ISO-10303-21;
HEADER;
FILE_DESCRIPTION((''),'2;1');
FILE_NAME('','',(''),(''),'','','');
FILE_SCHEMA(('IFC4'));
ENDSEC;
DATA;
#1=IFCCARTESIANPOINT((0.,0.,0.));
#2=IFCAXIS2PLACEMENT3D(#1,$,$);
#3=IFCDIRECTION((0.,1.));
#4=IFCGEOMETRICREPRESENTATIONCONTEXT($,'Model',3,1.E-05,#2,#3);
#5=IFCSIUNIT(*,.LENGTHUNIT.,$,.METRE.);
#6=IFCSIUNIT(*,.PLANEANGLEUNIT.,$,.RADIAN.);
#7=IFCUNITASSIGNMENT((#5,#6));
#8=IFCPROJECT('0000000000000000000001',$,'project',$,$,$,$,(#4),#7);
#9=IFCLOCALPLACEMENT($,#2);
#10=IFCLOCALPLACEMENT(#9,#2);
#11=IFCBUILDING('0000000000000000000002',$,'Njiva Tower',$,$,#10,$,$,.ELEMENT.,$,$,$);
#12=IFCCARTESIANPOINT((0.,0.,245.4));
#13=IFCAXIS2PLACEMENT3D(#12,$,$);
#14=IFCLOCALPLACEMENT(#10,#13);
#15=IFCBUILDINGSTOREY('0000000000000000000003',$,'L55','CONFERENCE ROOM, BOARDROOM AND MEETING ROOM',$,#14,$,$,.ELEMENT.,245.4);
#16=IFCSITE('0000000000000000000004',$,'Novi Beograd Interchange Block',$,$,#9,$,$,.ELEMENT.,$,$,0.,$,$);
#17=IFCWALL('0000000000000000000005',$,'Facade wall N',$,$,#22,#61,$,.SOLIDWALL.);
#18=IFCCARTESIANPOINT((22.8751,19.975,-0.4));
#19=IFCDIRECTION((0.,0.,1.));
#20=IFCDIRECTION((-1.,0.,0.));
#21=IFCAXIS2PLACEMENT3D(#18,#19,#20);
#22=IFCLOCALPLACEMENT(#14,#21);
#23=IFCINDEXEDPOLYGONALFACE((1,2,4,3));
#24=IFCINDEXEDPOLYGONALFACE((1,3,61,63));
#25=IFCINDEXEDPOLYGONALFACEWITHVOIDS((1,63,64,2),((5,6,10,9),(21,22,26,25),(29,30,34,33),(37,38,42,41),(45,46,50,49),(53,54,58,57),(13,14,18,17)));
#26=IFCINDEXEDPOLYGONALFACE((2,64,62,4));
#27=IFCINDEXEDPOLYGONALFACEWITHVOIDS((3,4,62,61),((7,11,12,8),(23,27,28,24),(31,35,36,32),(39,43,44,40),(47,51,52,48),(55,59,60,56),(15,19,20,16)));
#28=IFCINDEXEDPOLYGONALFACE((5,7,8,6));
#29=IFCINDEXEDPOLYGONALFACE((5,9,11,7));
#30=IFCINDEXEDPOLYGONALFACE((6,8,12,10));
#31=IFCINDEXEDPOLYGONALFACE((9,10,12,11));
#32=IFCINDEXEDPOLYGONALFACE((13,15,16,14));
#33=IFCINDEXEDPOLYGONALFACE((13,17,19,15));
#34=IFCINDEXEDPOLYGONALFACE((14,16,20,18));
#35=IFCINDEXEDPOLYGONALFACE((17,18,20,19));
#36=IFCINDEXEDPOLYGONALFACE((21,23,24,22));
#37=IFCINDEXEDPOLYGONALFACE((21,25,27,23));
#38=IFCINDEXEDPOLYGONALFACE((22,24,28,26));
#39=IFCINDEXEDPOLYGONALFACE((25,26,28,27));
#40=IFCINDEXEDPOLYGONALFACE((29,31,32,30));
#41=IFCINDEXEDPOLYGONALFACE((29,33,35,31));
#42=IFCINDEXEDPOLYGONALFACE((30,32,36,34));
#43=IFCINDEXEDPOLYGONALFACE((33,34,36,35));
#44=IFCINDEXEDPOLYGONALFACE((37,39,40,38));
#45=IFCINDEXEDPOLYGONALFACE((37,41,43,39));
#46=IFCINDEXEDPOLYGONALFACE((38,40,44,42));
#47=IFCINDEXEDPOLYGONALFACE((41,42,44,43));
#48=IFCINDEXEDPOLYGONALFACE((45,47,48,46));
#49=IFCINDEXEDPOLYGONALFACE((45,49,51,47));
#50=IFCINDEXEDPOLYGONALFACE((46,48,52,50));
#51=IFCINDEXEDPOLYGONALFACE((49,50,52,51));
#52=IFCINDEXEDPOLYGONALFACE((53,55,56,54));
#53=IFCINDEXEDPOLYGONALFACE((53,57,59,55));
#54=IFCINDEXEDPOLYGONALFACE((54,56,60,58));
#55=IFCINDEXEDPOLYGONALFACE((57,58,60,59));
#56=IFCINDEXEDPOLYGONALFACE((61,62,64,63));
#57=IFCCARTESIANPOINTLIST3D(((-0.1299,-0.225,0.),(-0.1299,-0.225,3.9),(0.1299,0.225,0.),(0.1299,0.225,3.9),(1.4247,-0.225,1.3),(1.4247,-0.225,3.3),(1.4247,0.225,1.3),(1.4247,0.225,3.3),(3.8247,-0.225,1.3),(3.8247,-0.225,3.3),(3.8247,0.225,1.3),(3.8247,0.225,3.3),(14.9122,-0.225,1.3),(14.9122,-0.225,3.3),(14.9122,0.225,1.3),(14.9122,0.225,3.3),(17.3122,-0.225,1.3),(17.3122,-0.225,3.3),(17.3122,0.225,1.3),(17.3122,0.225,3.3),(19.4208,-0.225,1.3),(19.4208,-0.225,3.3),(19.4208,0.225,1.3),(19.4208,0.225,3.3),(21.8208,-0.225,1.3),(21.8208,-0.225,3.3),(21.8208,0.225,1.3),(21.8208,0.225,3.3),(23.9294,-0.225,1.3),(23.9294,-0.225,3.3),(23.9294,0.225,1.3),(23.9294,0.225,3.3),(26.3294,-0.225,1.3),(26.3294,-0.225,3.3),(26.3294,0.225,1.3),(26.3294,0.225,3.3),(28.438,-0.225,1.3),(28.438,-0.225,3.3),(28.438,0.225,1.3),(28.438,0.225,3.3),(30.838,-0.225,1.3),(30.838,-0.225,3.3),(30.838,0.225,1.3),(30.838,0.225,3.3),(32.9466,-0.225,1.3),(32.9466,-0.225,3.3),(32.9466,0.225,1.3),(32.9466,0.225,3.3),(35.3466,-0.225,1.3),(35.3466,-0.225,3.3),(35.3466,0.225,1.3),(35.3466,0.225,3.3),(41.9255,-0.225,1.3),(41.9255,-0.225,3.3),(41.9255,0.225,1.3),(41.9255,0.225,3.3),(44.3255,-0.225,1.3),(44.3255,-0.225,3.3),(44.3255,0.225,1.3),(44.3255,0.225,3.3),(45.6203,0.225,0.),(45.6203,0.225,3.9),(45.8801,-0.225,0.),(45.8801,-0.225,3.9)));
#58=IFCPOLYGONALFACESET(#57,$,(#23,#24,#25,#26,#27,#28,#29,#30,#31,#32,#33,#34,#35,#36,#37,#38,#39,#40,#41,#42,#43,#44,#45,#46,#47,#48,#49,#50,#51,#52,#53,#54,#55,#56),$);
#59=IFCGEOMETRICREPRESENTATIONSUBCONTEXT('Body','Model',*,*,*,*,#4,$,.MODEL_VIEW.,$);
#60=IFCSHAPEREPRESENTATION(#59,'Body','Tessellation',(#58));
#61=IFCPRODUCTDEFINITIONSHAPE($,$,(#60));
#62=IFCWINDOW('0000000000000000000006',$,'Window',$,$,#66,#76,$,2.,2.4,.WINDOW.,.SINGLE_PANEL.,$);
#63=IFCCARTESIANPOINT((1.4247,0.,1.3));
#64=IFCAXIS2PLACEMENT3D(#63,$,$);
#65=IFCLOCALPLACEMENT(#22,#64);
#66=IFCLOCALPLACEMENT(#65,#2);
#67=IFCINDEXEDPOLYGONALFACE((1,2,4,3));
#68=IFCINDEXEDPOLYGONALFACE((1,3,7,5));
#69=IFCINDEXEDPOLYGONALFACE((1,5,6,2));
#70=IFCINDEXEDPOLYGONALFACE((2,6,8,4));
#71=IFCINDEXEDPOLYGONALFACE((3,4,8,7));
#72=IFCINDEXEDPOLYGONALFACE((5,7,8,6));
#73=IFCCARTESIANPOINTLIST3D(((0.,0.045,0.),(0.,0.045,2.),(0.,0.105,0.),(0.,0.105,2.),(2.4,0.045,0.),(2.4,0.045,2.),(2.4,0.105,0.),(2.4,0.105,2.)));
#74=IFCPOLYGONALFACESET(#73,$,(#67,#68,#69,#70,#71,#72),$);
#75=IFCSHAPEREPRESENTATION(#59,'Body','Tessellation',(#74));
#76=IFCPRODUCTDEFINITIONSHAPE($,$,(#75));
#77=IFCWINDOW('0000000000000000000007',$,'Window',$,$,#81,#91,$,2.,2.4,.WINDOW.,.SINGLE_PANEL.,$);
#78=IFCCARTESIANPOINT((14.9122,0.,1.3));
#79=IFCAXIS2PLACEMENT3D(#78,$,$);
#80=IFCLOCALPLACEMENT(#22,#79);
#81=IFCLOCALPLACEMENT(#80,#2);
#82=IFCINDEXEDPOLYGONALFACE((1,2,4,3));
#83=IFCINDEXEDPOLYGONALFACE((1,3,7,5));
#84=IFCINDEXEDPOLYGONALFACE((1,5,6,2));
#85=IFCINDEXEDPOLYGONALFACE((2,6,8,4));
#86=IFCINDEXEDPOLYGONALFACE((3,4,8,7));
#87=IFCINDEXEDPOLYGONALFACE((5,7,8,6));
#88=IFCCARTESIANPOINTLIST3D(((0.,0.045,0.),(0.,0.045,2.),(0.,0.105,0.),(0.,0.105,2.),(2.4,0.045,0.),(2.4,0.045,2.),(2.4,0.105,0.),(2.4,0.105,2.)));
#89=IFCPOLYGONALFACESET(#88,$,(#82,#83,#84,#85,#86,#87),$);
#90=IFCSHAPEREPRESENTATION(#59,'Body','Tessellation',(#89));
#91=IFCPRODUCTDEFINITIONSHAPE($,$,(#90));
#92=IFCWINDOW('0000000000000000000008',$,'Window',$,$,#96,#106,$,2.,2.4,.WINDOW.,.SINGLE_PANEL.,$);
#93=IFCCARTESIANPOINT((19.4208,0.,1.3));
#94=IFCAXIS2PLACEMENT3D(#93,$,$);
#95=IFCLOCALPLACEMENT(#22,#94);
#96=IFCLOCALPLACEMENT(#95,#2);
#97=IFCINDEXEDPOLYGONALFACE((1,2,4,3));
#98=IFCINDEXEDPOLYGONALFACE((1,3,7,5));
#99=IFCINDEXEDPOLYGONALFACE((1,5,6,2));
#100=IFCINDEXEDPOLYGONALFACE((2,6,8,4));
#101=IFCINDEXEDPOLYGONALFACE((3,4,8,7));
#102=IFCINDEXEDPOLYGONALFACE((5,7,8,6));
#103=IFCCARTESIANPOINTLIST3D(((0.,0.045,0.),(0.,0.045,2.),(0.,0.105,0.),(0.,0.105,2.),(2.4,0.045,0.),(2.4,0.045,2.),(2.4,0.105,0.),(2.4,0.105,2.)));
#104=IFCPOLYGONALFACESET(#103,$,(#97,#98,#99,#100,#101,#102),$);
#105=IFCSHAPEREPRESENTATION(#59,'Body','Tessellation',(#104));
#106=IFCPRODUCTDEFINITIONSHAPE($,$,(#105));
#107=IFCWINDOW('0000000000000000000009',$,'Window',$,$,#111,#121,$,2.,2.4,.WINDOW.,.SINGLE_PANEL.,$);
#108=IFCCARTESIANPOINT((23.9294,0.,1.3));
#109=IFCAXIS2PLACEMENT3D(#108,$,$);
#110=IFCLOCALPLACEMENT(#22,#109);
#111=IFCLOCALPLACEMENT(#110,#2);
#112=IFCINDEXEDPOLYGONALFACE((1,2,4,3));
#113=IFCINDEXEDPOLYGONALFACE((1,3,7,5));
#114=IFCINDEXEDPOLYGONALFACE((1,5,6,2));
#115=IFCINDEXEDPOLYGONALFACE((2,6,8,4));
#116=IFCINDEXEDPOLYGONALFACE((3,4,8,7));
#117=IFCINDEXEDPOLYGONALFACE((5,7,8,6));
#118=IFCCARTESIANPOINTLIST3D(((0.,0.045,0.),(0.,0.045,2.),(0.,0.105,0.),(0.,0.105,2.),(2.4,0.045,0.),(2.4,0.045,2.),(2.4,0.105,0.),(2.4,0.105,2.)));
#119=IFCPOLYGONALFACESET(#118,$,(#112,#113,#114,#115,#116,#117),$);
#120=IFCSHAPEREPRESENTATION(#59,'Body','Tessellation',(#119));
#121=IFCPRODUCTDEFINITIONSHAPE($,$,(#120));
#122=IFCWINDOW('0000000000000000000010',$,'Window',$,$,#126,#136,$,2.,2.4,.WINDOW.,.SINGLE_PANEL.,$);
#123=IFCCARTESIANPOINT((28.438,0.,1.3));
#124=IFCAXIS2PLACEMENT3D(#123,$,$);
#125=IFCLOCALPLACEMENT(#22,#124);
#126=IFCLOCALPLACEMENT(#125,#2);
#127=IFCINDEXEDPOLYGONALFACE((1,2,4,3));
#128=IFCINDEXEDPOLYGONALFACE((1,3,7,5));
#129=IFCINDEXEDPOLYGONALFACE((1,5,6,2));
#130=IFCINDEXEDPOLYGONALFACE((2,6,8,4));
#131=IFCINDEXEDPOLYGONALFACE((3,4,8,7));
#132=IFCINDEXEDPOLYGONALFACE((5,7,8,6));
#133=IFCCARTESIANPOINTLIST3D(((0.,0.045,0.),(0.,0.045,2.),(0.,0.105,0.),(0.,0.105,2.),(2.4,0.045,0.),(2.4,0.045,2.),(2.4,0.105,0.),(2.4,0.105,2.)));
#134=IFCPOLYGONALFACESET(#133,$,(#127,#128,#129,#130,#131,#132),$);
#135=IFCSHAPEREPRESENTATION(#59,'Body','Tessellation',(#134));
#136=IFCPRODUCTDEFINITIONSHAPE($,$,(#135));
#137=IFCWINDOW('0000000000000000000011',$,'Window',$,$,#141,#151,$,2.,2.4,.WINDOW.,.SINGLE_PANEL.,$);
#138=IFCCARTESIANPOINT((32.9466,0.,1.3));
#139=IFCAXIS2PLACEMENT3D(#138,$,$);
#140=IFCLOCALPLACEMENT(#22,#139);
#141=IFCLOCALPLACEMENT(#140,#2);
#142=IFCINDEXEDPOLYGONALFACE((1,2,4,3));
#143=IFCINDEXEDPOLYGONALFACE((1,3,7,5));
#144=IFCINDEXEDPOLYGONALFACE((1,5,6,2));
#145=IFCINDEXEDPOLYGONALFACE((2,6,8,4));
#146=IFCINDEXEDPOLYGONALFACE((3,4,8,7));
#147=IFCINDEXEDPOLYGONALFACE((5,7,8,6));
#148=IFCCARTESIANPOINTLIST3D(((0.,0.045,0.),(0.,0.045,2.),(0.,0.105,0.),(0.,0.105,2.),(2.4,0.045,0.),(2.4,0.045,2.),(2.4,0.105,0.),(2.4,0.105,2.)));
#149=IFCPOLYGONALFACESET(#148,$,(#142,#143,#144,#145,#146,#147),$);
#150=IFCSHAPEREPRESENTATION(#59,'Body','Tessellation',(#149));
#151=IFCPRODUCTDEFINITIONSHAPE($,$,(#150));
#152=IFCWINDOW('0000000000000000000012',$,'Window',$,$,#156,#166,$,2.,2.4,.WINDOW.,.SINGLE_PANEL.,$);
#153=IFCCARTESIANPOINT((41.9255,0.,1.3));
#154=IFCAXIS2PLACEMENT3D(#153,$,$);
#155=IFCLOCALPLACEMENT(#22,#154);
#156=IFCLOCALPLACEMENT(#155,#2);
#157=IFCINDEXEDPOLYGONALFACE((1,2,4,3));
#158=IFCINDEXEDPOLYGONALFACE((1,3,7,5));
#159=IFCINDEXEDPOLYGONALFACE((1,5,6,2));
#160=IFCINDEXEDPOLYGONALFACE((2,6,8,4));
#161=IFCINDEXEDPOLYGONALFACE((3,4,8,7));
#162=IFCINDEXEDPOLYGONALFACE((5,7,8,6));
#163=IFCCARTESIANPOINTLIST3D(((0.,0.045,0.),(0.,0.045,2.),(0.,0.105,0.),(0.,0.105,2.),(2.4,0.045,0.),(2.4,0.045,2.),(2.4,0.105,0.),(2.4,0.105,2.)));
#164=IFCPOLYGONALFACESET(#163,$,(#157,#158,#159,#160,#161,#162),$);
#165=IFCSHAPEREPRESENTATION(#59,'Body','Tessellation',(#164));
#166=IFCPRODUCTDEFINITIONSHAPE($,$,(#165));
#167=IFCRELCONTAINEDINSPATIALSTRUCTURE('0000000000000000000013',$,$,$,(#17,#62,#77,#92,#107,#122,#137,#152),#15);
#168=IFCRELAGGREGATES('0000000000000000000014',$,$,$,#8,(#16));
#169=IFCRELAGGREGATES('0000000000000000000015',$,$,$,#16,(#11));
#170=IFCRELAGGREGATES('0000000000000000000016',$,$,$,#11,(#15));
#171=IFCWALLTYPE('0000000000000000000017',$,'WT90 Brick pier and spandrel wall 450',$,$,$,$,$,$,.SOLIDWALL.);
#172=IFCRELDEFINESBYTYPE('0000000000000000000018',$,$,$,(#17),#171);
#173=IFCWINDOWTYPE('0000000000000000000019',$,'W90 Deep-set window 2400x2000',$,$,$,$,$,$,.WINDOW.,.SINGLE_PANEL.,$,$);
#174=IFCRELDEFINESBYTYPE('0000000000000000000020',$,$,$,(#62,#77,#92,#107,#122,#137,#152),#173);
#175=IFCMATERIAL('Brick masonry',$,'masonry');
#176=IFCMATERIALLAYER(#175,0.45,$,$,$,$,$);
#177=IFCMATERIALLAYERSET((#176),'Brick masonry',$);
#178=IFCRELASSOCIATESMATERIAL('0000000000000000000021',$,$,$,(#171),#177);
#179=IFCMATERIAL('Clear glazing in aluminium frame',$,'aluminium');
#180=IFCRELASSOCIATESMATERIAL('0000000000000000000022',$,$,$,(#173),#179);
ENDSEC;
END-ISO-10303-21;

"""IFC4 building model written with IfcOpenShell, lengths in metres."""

from ifc_helpers import new_model, si_unit, direction, frame, frame_2d, origin, place, context, subcontext, project, spatial, polyline, rectangle, outline, extrude, material, layer, layer_set, type_object, element, fill, save


model = new_model("IFC4")

# Units and contexts
model_context = context("Model", 3, precision=1e-05, world=origin(), true_north=direction((0.0, 1.0)))
body_context = subcontext(model_context, "Body", "Model", "MODEL_VIEW")
ifc_project = project(units=[si_unit("LENGTHUNIT", "METRE"), si_unit("PLANEANGLEUNIT", "RADIAN")], contexts=[model_context])

# Site, building, storey
site_placement = place(None, origin())
site = spatial("IfcSite", under=ifc_project, at=site_placement, Name="Novi Beograd Interchange Block", CompositionType="ELEMENT", RefElevation=0.0)
building_placement = place(site_placement, origin())
building = spatial("IfcBuilding", under=site, at=building_placement, Name="Njiva Tower", CompositionType="ELEMENT")
storey_placement = place(building_placement, frame((0.0, 0.0, 245.4)))
storey = spatial("IfcBuildingStorey", under=building, at=storey_placement, Name="L55", Description="CONFERENCE ROOM, BOARDROOM AND MEETING ROOM", CompositionType="ELEMENT", Elevation=245.4)

# Wall, openings, windows
ifc_material_1 = material(Name="Brick masonry", Category="masonry")
ifc_layer_1 = layer(ifc_material_1, 0.45)
ifc_layer_set_1 = layer_set([ifc_layer_1], Name="Brick masonry")
wall_type_1 = type_object("IfcWallType", Name="WT90 Brick pier and spandrel wall 450", PredefinedType="SOLIDWALL", material=ifc_layer_set_1)
wall_1_placement = place(storey_placement, frame((22.8751, 19.975, -0.4), z_axis=(0.0, 0.0, 1.0), x_axis=(-1.0, 0.0, 0.0)))
wall_1 = element("IfcWall", 1, at=wall_1_placement, inside=storey, type_object=wall_type_1, Name="Facade wall N", PredefinedType="SOLIDWALL", context=body_context, shape_type="SweptSolid", body=[
    extrude(outline(polyline([(-0.1299, -0.225), (45.8801, -0.225), (45.6203, 0.225), (0.1299, 0.225), (-0.1299, -0.225)])), origin(), (0.0, 0.0, 1.0), 3.9),
])
opening_1_placement = place(wall_1_placement, frame((1.4247, 0.0, 1.3)))
opening_1 = element("IfcOpeningElement", 2, at=opening_1_placement, cuts=wall_1, PredefinedType="OPENING", context=body_context, shape_type="SweptSolid", body=[
    extrude(rectangle(XDim=2.4, YDim=2.0, at=frame_2d((1.2, 1.0))), frame((0.0, 0.235, 0.0), z_axis=(0.0, -1.0, 0.0), x_axis=(1.0, 0.0, 0.0)), (0.0, 0.0, 1.0), 0.47),
])
opening_2_placement = place(wall_1_placement, frame((14.9122, 0.0, 1.3)))
opening_2 = element("IfcOpeningElement", 3, at=opening_2_placement, cuts=wall_1, PredefinedType="OPENING", context=body_context, shape_type="SweptSolid", body=[
    extrude(rectangle(XDim=2.4, YDim=2.0, at=frame_2d((1.2, 1.0))), frame((0.0, 0.235, 0.0), z_axis=(0.0, -1.0, 0.0), x_axis=(1.0, 0.0, 0.0)), (0.0, 0.0, 1.0), 0.47),
])
opening_3_placement = place(wall_1_placement, frame((19.4208, 0.0, 1.3)))
opening_3 = element("IfcOpeningElement", 4, at=opening_3_placement, cuts=wall_1, PredefinedType="OPENING", context=body_context, shape_type="SweptSolid", body=[
    extrude(rectangle(XDim=2.4, YDim=2.0, at=frame_2d((1.2, 1.0))), frame((0.0, 0.235, 0.0), z_axis=(0.0, -1.0, 0.0), x_axis=(1.0, 0.0, 0.0)), (0.0, 0.0, 1.0), 0.47),
])
opening_4_placement = place(wall_1_placement, frame((23.9294, 0.0, 1.3)))
opening_4 = element("IfcOpeningElement", 5, at=opening_4_placement, cuts=wall_1, PredefinedType="OPENING", context=body_context, shape_type="SweptSolid", body=[
    extrude(rectangle(XDim=2.4, YDim=2.0, at=frame_2d((1.2, 1.0))), frame((0.0, 0.235, 0.0), z_axis=(0.0, -1.0, 0.0), x_axis=(1.0, 0.0, 0.0)), (0.0, 0.0, 1.0), 0.47),
])
opening_5_placement = place(wall_1_placement, frame((28.438, 0.0, 1.3)))
opening_5 = element("IfcOpeningElement", 6, at=opening_5_placement, cuts=wall_1, PredefinedType="OPENING", context=body_context, shape_type="SweptSolid", body=[
    extrude(rectangle(XDim=2.4, YDim=2.0, at=frame_2d((1.2, 1.0))), frame((0.0, 0.235, 0.0), z_axis=(0.0, -1.0, 0.0), x_axis=(1.0, 0.0, 0.0)), (0.0, 0.0, 1.0), 0.47),
])
opening_6_placement = place(wall_1_placement, frame((32.9466, 0.0, 1.3)))
opening_6 = element("IfcOpeningElement", 7, at=opening_6_placement, cuts=wall_1, PredefinedType="OPENING", context=body_context, shape_type="SweptSolid", body=[
    extrude(rectangle(XDim=2.4, YDim=2.0, at=frame_2d((1.2, 1.0))), frame((0.0, 0.235, 0.0), z_axis=(0.0, -1.0, 0.0), x_axis=(1.0, 0.0, 0.0)), (0.0, 0.0, 1.0), 0.47),
])
opening_7_placement = place(wall_1_placement, frame((41.9255, 0.0, 1.3)))
opening_7 = element("IfcOpeningElement", 8, at=opening_7_placement, cuts=wall_1, PredefinedType="OPENING", context=body_context, shape_type="SweptSolid", body=[
    extrude(rectangle(XDim=2.4, YDim=2.0, at=frame_2d((1.2, 1.0))), frame((0.0, 0.235, 0.0), z_axis=(0.0, -1.0, 0.0), x_axis=(1.0, 0.0, 0.0)), (0.0, 0.0, 1.0), 0.47),
])
ifc_material_2 = material(Name="Clear glazing in aluminium frame", Category="aluminium")
window_type_1 = type_object("IfcWindowType", Name="W90 Deep-set window 2400x2000", PartitioningType="SINGLE_PANEL", PredefinedType="WINDOW", material=ifc_material_2)
window_1_placement = place(opening_1_placement, origin())
window_1 = element("IfcWindow", 9, at=window_1_placement, inside=storey, type_object=window_type_1, Name="Window", OverallHeight=2.0, OverallWidth=2.4, PartitioningType="SINGLE_PANEL", PredefinedType="WINDOW", context=body_context, shape_type="SweptSolid", body=[
    extrude(rectangle(XDim=2.4, YDim=2.0, at=frame_2d((1.2, 1.0))), frame((0.0, 0.105, 0.0), z_axis=(0.0, -1.0, 0.0), x_axis=(1.0, 0.0, 0.0)), (0.0, 0.0, 1.0), 0.06),
])
fill(opening_1, window_1)
window_2_placement = place(opening_2_placement, origin())
window_2 = element("IfcWindow", 10, at=window_2_placement, inside=storey, type_object=window_type_1, Name="Window", OverallHeight=2.0, OverallWidth=2.4, PartitioningType="SINGLE_PANEL", PredefinedType="WINDOW", context=body_context, shape_type="SweptSolid", body=[
    extrude(rectangle(XDim=2.4, YDim=2.0, at=frame_2d((1.2, 1.0))), frame((0.0, 0.105, 0.0), z_axis=(0.0, -1.0, 0.0), x_axis=(1.0, 0.0, 0.0)), (0.0, 0.0, 1.0), 0.06),
])
fill(opening_2, window_2)
window_3_placement = place(opening_3_placement, origin())
window_3 = element("IfcWindow", 11, at=window_3_placement, inside=storey, type_object=window_type_1, Name="Window", OverallHeight=2.0, OverallWidth=2.4, PartitioningType="SINGLE_PANEL", PredefinedType="WINDOW", context=body_context, shape_type="SweptSolid", body=[
    extrude(rectangle(XDim=2.4, YDim=2.0, at=frame_2d((1.2, 1.0))), frame((0.0, 0.105, 0.0), z_axis=(0.0, -1.0, 0.0), x_axis=(1.0, 0.0, 0.0)), (0.0, 0.0, 1.0), 0.06),
])
fill(opening_3, window_3)
window_4_placement = place(opening_4_placement, origin())
window_4 = element("IfcWindow", 12, at=window_4_placement, inside=storey, type_object=window_type_1, Name="Window", OverallHeight=2.0, OverallWidth=2.4, PartitioningType="SINGLE_PANEL", PredefinedType="WINDOW", context=body_context, shape_type="SweptSolid", body=[
    extrude(rectangle(XDim=2.4, YDim=2.0, at=frame_2d((1.2, 1.0))), frame((0.0, 0.105, 0.0), z_axis=(0.0, -1.0, 0.0), x_axis=(1.0, 0.0, 0.0)), (0.0, 0.0, 1.0), 0.06),
])
fill(opening_4, window_4)
window_5_placement = place(opening_5_placement, origin())
window_5 = element("IfcWindow", 13, at=window_5_placement, inside=storey, type_object=window_type_1, Name="Window", OverallHeight=2.0, OverallWidth=2.4, PartitioningType="SINGLE_PANEL", PredefinedType="WINDOW", context=body_context, shape_type="SweptSolid", body=[
    extrude(rectangle(XDim=2.4, YDim=2.0, at=frame_2d((1.2, 1.0))), frame((0.0, 0.105, 0.0), z_axis=(0.0, -1.0, 0.0), x_axis=(1.0, 0.0, 0.0)), (0.0, 0.0, 1.0), 0.06),
])
fill(opening_5, window_5)
window_6_placement = place(opening_6_placement, origin())
window_6 = element("IfcWindow", 14, at=window_6_placement, inside=storey, type_object=window_type_1, Name="Window", OverallHeight=2.0, OverallWidth=2.4, PartitioningType="SINGLE_PANEL", PredefinedType="WINDOW", context=body_context, shape_type="SweptSolid", body=[
    extrude(rectangle(XDim=2.4, YDim=2.0, at=frame_2d((1.2, 1.0))), frame((0.0, 0.105, 0.0), z_axis=(0.0, -1.0, 0.0), x_axis=(1.0, 0.0, 0.0)), (0.0, 0.0, 1.0), 0.06),
])
fill(opening_6, window_6)
window_7_placement = place(opening_7_placement, origin())
window_7 = element("IfcWindow", 15, at=window_7_placement, inside=storey, type_object=window_type_1, Name="Window", OverallHeight=2.0, OverallWidth=2.4, PartitioningType="SINGLE_PANEL", PredefinedType="WINDOW", context=body_context, shape_type="SweptSolid", body=[
    extrude(rectangle(XDim=2.4, YDim=2.0, at=frame_2d((1.2, 1.0))), frame((0.0, 0.105, 0.0), z_axis=(0.0, -1.0, 0.0), x_axis=(1.0, 0.0, 0.0)), (0.0, 0.0, 1.0), 0.06),
])
fill(opening_7, window_7)

save(model, "model.ifc")
